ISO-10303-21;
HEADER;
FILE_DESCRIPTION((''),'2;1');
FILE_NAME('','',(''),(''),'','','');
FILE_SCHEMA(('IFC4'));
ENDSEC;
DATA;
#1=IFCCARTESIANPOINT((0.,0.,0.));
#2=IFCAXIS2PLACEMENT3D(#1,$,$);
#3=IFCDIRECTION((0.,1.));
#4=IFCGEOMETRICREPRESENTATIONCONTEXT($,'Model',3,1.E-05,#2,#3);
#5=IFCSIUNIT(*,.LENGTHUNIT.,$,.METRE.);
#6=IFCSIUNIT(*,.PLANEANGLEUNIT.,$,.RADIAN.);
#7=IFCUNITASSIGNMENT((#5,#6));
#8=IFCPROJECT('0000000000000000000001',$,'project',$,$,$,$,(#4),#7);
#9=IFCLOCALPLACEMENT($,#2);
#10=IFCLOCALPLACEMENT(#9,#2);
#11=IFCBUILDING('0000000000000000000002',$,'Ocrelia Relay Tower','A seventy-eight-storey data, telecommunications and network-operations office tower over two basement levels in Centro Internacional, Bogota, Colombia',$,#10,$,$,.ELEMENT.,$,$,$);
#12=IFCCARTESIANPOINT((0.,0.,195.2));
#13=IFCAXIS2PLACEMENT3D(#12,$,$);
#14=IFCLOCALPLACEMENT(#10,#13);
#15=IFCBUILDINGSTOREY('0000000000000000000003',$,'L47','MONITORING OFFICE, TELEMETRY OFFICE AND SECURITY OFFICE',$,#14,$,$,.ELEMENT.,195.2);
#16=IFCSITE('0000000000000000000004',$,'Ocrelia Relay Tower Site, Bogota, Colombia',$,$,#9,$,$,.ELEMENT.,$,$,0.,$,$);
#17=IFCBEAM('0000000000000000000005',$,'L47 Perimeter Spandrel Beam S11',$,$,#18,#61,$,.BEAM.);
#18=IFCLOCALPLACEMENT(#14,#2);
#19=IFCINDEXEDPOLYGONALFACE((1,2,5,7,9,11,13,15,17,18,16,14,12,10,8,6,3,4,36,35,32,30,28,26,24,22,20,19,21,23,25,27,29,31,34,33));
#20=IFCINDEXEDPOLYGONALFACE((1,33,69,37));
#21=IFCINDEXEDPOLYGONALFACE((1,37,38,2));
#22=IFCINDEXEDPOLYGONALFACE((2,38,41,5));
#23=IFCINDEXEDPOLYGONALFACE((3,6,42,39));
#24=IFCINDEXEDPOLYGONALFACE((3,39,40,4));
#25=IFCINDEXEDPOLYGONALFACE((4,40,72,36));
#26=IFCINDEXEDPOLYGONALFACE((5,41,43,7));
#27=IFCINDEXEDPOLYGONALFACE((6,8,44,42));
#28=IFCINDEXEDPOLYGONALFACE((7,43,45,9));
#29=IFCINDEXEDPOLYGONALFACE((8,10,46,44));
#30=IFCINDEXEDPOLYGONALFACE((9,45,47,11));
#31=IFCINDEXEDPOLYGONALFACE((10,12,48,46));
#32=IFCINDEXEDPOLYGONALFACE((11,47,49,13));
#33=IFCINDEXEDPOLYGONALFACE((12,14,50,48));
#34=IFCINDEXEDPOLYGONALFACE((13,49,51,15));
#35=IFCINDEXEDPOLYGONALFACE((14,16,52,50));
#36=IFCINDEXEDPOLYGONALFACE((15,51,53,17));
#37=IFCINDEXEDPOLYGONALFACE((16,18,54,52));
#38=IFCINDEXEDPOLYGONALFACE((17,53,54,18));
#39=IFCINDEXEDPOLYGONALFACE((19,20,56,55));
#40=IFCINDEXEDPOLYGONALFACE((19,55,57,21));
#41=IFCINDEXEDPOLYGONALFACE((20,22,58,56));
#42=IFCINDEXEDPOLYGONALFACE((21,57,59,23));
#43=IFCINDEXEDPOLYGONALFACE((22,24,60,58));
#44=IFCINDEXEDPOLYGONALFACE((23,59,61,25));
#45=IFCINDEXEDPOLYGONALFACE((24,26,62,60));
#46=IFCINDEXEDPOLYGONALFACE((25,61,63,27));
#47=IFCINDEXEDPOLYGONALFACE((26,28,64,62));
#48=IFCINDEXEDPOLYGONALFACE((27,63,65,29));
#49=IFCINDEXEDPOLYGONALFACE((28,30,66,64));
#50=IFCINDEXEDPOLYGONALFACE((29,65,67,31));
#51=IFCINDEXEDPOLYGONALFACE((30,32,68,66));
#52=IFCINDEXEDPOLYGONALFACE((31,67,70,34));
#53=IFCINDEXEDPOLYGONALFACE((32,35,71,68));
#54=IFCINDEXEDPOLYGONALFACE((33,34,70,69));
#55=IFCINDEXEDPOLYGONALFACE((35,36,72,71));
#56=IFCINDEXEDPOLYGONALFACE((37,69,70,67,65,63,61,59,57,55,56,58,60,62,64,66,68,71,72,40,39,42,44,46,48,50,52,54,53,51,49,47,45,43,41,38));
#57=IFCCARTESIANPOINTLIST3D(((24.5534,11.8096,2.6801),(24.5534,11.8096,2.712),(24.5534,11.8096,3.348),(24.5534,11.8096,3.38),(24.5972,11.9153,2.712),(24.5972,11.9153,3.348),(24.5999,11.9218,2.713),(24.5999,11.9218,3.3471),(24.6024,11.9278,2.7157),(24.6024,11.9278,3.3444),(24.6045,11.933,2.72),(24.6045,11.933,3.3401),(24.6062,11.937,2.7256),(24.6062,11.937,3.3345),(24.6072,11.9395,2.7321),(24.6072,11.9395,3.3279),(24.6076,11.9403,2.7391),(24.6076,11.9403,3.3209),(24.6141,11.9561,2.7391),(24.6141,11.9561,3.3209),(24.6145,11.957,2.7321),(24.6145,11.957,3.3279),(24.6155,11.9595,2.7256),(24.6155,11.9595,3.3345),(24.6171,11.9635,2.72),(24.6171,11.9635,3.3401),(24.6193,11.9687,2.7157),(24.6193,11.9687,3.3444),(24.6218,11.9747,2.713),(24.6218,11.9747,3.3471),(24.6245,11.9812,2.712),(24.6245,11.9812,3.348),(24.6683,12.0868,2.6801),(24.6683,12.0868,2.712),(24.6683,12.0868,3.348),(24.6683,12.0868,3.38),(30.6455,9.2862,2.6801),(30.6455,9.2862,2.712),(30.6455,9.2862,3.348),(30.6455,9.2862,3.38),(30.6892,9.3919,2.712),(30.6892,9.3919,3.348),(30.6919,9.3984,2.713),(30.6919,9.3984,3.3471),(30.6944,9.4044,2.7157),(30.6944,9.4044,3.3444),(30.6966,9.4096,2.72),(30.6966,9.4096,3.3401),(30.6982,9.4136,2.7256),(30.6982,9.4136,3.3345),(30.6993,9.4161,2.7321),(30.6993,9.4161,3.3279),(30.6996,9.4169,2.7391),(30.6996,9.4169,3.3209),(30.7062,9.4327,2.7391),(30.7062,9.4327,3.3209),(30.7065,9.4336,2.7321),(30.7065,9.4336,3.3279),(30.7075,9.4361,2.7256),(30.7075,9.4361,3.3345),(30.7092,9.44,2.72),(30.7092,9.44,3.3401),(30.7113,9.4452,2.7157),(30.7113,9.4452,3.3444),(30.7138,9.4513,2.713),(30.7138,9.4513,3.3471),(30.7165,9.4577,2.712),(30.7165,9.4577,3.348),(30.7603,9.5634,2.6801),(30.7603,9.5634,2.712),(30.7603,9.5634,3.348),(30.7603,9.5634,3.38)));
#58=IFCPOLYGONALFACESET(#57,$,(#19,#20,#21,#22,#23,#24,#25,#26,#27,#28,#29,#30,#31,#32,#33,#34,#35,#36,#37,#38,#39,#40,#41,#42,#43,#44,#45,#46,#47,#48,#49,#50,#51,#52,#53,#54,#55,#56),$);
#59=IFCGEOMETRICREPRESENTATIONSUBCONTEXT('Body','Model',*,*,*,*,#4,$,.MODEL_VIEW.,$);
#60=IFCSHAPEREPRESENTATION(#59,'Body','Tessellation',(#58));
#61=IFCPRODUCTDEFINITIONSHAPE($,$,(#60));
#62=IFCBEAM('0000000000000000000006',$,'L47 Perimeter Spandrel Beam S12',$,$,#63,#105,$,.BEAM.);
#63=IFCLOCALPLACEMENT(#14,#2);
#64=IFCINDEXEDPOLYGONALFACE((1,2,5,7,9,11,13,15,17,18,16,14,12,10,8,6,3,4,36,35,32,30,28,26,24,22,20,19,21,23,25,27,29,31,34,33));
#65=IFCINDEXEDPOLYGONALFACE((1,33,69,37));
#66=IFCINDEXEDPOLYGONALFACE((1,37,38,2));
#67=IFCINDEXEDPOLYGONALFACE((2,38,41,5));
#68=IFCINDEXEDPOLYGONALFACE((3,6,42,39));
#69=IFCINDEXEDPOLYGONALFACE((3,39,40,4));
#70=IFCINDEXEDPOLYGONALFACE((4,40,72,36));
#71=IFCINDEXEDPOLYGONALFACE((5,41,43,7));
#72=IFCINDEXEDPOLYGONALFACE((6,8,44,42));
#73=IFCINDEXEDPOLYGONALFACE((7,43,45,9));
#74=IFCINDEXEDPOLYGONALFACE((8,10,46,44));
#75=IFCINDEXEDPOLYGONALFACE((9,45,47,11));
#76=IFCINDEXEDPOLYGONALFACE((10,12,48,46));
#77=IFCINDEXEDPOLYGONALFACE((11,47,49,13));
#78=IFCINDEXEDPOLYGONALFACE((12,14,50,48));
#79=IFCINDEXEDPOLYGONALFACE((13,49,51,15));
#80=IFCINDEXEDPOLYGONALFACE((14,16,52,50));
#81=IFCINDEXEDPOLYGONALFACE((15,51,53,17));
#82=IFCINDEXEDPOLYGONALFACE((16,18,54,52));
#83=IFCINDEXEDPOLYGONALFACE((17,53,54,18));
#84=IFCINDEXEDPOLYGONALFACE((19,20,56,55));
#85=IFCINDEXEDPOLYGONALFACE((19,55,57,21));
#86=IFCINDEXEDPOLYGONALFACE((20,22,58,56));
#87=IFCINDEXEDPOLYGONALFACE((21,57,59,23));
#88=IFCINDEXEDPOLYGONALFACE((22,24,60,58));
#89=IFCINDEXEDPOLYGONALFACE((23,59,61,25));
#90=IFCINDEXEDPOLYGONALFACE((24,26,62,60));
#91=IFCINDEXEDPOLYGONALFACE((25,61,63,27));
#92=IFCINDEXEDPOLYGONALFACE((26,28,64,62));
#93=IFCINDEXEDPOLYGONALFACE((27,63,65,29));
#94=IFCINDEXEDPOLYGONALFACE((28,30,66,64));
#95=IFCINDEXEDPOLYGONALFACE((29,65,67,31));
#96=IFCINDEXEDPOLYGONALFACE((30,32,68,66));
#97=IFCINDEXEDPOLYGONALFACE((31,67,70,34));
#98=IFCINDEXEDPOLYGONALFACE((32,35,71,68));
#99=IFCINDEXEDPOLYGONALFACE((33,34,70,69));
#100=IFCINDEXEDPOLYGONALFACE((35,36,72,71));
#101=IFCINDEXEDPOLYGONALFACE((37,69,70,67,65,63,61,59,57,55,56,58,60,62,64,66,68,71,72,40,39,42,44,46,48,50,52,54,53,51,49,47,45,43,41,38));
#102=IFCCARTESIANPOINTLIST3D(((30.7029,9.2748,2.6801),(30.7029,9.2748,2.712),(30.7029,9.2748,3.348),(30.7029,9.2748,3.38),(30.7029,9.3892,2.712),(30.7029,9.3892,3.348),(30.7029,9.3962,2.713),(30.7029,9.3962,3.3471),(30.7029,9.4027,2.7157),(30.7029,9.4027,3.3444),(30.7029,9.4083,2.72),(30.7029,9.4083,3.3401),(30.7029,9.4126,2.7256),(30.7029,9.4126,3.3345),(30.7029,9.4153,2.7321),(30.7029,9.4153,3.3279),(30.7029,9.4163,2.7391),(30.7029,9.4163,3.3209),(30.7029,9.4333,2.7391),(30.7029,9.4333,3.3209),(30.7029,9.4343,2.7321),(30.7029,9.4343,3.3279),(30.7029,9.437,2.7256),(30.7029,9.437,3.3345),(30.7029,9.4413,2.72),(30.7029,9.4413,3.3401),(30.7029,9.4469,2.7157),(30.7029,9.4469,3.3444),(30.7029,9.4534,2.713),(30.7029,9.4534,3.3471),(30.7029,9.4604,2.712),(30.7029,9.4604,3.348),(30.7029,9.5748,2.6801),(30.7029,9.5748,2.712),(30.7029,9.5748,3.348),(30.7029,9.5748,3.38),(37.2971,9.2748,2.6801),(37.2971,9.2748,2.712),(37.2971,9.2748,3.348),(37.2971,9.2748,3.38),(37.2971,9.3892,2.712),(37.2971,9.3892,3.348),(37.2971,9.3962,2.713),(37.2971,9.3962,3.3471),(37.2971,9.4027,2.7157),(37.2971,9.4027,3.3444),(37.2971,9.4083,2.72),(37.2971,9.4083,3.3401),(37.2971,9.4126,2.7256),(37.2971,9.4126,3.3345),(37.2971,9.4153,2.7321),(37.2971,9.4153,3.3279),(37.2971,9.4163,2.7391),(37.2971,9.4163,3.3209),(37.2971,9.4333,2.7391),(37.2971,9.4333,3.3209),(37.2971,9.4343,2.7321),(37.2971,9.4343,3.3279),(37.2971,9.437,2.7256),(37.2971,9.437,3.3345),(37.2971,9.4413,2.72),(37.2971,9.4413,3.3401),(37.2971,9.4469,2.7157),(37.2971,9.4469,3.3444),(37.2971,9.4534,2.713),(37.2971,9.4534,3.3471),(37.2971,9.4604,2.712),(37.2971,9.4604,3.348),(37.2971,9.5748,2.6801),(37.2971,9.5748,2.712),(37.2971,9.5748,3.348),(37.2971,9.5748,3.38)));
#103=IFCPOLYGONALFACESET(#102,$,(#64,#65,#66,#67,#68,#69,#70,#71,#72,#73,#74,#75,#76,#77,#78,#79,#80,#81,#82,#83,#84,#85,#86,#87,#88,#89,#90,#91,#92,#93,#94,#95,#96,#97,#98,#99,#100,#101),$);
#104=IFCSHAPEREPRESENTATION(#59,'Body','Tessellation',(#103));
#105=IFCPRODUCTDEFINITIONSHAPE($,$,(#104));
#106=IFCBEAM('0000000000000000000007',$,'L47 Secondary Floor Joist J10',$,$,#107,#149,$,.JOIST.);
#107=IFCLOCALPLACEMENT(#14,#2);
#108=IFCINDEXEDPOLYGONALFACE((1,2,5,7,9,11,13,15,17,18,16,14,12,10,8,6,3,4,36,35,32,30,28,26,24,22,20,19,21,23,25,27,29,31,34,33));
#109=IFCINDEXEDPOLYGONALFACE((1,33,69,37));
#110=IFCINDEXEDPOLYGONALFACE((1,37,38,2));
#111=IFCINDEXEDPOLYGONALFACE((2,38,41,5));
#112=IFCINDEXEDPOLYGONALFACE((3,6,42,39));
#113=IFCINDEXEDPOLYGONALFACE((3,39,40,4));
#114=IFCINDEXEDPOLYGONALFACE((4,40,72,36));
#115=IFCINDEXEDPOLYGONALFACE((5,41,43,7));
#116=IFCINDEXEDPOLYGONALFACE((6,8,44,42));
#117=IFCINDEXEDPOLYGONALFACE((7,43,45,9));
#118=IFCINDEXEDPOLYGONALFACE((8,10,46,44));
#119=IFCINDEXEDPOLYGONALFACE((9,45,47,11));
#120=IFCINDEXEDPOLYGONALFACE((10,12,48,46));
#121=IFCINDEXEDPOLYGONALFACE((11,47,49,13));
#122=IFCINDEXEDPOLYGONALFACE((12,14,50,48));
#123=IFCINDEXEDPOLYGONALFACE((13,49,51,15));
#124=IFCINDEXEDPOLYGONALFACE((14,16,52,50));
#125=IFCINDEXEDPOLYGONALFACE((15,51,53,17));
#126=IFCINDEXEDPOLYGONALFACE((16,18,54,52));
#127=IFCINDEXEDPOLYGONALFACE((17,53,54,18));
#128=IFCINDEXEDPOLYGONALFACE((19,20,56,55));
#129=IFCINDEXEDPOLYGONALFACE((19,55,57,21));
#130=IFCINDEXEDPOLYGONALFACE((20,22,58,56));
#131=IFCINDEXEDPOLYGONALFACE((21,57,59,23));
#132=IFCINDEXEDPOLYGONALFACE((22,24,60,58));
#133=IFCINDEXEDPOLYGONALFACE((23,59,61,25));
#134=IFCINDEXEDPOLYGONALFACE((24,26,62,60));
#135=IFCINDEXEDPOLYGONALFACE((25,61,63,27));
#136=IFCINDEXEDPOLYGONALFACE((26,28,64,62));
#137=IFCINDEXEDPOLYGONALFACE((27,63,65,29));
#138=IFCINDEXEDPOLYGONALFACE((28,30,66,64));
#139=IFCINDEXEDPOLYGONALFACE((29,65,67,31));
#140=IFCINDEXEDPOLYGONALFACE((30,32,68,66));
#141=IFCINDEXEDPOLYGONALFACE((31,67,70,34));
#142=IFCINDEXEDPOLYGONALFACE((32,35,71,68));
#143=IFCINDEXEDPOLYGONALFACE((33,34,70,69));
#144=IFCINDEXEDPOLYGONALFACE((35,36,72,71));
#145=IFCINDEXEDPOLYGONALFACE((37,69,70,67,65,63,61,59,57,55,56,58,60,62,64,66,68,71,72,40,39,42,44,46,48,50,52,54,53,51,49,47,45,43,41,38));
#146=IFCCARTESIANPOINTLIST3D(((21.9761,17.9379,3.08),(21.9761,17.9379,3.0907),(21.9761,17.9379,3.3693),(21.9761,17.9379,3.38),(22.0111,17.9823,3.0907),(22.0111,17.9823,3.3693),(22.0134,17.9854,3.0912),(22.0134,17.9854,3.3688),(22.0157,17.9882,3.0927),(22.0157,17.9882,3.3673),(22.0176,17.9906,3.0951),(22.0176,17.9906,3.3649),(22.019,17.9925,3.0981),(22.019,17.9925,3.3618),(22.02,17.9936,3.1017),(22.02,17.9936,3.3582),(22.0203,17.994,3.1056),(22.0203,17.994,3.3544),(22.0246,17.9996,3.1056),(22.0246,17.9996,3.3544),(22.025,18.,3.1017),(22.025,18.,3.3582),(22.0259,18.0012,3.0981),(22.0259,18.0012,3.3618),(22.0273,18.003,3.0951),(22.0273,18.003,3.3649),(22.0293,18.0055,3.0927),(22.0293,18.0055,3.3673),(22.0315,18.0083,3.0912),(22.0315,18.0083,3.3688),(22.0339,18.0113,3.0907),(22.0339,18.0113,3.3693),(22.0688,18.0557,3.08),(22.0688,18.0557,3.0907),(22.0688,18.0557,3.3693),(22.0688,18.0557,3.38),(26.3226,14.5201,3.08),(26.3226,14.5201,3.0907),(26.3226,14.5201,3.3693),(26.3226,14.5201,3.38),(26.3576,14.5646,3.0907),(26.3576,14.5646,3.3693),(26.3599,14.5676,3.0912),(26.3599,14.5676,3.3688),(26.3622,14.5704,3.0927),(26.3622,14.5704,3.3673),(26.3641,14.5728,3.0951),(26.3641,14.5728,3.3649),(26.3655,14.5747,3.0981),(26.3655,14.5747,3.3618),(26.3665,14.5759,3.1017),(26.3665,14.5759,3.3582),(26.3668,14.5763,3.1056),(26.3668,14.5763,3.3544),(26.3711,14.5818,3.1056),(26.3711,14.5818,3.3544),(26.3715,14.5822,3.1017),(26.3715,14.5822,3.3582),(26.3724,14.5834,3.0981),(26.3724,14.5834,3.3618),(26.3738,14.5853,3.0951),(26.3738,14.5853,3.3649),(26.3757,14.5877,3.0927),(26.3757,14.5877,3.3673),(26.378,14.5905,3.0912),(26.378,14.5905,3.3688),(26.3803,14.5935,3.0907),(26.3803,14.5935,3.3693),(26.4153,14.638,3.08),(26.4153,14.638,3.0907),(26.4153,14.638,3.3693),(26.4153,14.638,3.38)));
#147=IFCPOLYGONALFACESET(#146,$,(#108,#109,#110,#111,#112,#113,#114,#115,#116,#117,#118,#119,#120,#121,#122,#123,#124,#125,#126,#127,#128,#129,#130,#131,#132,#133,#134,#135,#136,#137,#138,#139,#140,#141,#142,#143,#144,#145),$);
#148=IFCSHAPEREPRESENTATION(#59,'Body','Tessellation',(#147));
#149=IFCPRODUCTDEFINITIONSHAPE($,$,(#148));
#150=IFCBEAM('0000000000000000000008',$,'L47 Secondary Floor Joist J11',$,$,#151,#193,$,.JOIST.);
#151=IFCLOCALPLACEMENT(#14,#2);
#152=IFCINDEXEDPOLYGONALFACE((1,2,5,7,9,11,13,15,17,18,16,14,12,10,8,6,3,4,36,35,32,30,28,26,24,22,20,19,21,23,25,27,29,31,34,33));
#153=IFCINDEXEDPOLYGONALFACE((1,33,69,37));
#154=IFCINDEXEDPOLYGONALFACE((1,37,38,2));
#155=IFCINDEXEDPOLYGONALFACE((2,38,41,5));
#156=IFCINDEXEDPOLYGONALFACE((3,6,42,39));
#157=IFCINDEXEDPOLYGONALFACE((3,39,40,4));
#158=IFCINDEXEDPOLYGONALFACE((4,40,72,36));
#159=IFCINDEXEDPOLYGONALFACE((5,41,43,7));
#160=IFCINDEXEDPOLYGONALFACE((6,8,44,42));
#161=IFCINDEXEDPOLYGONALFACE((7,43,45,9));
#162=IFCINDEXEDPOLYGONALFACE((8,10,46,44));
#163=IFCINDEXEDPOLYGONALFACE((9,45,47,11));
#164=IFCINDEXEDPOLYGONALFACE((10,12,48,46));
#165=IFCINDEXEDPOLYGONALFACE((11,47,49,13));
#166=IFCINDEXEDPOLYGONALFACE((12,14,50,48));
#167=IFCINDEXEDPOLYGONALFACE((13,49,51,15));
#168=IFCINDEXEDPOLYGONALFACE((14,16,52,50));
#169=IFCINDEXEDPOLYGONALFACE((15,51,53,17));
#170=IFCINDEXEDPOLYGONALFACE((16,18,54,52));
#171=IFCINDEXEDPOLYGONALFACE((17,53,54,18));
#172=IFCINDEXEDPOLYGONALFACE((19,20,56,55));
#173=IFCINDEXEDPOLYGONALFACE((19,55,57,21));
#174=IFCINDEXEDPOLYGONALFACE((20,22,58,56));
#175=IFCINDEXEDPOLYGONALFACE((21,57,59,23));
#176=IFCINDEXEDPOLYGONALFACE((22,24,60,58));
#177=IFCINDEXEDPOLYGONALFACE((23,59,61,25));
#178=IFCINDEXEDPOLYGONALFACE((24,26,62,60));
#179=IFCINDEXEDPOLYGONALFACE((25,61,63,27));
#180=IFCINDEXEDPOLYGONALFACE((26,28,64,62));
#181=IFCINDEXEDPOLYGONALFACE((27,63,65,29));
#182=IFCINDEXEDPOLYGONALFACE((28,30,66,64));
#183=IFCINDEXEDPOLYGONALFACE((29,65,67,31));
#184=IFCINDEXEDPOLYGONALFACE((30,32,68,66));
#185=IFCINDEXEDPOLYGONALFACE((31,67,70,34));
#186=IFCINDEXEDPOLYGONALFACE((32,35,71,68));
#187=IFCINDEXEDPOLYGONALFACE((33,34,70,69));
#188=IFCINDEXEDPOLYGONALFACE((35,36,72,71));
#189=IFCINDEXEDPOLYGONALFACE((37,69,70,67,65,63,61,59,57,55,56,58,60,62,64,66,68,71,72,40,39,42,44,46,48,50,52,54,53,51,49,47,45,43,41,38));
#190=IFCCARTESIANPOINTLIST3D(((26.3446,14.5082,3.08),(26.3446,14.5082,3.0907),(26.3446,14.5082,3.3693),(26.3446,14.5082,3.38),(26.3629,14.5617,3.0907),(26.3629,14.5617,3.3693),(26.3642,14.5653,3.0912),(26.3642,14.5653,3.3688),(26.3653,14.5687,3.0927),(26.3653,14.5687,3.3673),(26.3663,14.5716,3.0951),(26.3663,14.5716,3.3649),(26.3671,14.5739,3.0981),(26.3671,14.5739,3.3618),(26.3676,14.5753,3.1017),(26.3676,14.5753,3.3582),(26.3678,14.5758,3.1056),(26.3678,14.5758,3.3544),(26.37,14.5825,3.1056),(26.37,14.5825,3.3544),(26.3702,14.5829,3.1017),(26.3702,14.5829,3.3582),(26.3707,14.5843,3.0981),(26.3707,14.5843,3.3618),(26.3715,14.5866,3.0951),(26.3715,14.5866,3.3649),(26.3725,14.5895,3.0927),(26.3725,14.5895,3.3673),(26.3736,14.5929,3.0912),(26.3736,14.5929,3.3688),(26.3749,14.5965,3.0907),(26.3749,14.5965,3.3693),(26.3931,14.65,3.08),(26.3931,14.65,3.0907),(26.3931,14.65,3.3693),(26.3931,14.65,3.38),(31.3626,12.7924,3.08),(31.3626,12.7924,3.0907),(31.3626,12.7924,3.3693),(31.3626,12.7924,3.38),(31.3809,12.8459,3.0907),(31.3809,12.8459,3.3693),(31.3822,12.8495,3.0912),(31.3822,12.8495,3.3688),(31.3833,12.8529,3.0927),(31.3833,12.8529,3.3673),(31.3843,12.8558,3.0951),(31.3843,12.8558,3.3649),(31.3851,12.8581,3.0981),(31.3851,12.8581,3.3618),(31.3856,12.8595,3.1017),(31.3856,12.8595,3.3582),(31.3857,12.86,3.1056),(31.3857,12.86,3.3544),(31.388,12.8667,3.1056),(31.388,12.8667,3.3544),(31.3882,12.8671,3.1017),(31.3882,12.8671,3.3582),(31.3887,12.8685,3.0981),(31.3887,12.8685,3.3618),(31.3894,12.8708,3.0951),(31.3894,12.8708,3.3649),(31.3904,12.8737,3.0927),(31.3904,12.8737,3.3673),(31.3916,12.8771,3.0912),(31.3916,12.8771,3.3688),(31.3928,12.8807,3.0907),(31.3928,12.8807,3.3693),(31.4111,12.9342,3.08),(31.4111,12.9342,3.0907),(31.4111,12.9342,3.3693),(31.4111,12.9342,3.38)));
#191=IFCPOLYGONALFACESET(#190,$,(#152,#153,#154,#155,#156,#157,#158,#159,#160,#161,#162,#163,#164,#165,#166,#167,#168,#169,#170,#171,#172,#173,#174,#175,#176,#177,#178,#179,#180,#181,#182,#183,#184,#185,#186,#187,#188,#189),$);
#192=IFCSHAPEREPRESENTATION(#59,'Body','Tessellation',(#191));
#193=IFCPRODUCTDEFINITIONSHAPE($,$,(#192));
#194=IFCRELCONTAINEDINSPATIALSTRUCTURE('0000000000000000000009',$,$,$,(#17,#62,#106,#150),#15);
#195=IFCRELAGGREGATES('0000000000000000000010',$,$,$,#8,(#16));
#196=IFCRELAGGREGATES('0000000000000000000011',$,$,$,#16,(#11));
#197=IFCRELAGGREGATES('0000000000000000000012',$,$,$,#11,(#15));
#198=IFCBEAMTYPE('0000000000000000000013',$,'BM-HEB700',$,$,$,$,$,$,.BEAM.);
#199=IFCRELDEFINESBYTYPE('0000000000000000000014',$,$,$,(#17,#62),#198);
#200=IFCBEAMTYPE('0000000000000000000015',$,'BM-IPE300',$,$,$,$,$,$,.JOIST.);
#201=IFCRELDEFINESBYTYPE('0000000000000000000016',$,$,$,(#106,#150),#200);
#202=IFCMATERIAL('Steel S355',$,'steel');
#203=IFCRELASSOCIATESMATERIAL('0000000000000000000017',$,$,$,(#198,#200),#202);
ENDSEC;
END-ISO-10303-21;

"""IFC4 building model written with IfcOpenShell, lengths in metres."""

from ifc_helpers import new_model, si_unit, direction, frame, origin, origin_2d, place, context, subcontext, project, spatial, i_section, extrude, material, material_profile, profile_set, type_object, element, save


model = new_model("IFC4")

# Units and contexts
model_context = context("Model", 3, precision=1e-05, world=origin(), true_north=direction((0.0, 1.0)))
body_context = subcontext(model_context, "Body", "Model", "MODEL_VIEW")
ifc_project = project(units=[si_unit("LENGTHUNIT", "METRE"), si_unit("PLANEANGLEUNIT", "RADIAN")], contexts=[model_context])

# Site, building, storey
site_placement = place(None, origin())
site = spatial("IfcSite", under=ifc_project, at=site_placement, Name="Ocrelia Relay Tower Site, Bogota, Colombia", CompositionType="ELEMENT", RefElevation=0.0)
building_placement = place(site_placement, origin())
building = spatial("IfcBuilding", under=site, at=building_placement, Name="Ocrelia Relay Tower", Description="A seventy-eight-storey data, telecommunications and network-operations office tower over two basement levels in Centro Internacional, Bogota, Colombia", CompositionType="ELEMENT")
storey_placement = place(building_placement, frame((0.0, 0.0, 195.2)))
storey = spatial("IfcBuildingStorey", under=building, at=storey_placement, Name="L47", Description="MONITORING OFFICE, TELEMETRY OFFICE AND SECURITY OFFICE", CompositionType="ELEMENT", Elevation=195.2)

# Beams
ifc_material_1 = material(Name="Steel S355", Category="steel")
ifc_material_profile_1 = material_profile(ifc_material_1, i_section(OverallWidth=0.3, OverallDepth=0.7, WebThickness=0.0171, FlangeThickness=0.032, FilletRadius=0.0271, at=origin_2d()), Name="HEB 700")
ifc_profile_set_1 = profile_set([ifc_material_profile_1], Name="Steel S355")
beam_type_1 = type_object("IfcBeamType", Name="BM-HEB700", PredefinedType="BEAM", material=ifc_profile_set_1)
for number, where, z_axis, x_axis, name in (
    (1, (24.6108, 11.9482, 3.03), (0.923878, -0.382688, 0.0), (0.382688, 0.923878, 0.0), "L47 Perimeter Spandrel Beam S11"),
):
    element("IfcBeam", number, at=place(storey_placement, frame(where, z_axis=z_axis, x_axis=x_axis)), inside=storey, type_object=beam_type_1, Name=name, PredefinedType="BEAM", context=body_context, shape_type="SweptSolid", body=[
        extrude(i_section(OverallWidth=0.3, OverallDepth=0.7, WebThickness=0.0171, FlangeThickness=0.032, FilletRadius=0.0271, at=origin_2d()), origin(), (0.0, 0.0, 1.0), 6.594),
    ])
beam_1_placement = place(storey_placement, frame((30.7029, 9.4248, 3.03), z_axis=(1.0, 0.0, 0.0), x_axis=(0.0, 1.0, 0.0)))
element("IfcBeam", 2, at=beam_1_placement, inside=storey, type_object=beam_type_1, Name="L47 Perimeter Spandrel Beam S12", PredefinedType="BEAM", context=body_context, shape_type="SweptSolid", body=[
    extrude(i_section(OverallWidth=0.3, OverallDepth=0.7, WebThickness=0.0171, FlangeThickness=0.032, FilletRadius=0.0271, at=origin_2d()), origin(), (0.0, 0.0, 1.0), 6.5942),
])
ifc_material_profile_2 = material_profile(ifc_material_1, i_section(OverallWidth=0.1499, OverallDepth=0.3, WebThickness=0.0071, FlangeThickness=0.0107, FilletRadius=0.0149, at=origin_2d()), Name="IPE 300")
ifc_profile_set_2 = profile_set([ifc_material_profile_2], Name="Steel S355")
beam_type_2 = type_object("IfcBeamType", Name="BM-IPE300", PredefinedType="JOIST", material=ifc_profile_set_2)
beam_2_placement = place(storey_placement, frame((22.0225, 17.9968, 3.23), z_axis=(0.786084, -0.61812, 0.0), x_axis=(0.61812, 0.786084, 0.0)))
element("IfcBeam", 3, at=beam_2_placement, inside=storey, type_object=beam_type_2, Name="L47 Secondary Floor Joist J10", PredefinedType="JOIST", context=body_context, shape_type="SweptSolid", body=[
    extrude(i_section(OverallWidth=0.1499, OverallDepth=0.3, WebThickness=0.0071, FlangeThickness=0.0107, FilletRadius=0.0149, at=origin_2d()), origin(), (0.0, 0.0, 1.0), 5.5293),
])
beam_3_placement = place(storey_placement, frame((26.3689, 14.5791, 3.23), z_axis=(0.946215, -0.323538, 0.0), x_axis=(0.323538, 0.946215, 0.0)))
element("IfcBeam", 4, at=beam_3_placement, inside=storey, type_object=beam_type_2, Name="L47 Secondary Floor Joist J11", PredefinedType="JOIST", context=body_context, shape_type="SweptSolid", body=[
    extrude(i_section(OverallWidth=0.1499, OverallDepth=0.3, WebThickness=0.0071, FlangeThickness=0.0107, FilletRadius=0.0149, at=origin_2d()), origin(), (0.0, 0.0, 1.0), 5.3032),
])

save(model, "model.ifc")
